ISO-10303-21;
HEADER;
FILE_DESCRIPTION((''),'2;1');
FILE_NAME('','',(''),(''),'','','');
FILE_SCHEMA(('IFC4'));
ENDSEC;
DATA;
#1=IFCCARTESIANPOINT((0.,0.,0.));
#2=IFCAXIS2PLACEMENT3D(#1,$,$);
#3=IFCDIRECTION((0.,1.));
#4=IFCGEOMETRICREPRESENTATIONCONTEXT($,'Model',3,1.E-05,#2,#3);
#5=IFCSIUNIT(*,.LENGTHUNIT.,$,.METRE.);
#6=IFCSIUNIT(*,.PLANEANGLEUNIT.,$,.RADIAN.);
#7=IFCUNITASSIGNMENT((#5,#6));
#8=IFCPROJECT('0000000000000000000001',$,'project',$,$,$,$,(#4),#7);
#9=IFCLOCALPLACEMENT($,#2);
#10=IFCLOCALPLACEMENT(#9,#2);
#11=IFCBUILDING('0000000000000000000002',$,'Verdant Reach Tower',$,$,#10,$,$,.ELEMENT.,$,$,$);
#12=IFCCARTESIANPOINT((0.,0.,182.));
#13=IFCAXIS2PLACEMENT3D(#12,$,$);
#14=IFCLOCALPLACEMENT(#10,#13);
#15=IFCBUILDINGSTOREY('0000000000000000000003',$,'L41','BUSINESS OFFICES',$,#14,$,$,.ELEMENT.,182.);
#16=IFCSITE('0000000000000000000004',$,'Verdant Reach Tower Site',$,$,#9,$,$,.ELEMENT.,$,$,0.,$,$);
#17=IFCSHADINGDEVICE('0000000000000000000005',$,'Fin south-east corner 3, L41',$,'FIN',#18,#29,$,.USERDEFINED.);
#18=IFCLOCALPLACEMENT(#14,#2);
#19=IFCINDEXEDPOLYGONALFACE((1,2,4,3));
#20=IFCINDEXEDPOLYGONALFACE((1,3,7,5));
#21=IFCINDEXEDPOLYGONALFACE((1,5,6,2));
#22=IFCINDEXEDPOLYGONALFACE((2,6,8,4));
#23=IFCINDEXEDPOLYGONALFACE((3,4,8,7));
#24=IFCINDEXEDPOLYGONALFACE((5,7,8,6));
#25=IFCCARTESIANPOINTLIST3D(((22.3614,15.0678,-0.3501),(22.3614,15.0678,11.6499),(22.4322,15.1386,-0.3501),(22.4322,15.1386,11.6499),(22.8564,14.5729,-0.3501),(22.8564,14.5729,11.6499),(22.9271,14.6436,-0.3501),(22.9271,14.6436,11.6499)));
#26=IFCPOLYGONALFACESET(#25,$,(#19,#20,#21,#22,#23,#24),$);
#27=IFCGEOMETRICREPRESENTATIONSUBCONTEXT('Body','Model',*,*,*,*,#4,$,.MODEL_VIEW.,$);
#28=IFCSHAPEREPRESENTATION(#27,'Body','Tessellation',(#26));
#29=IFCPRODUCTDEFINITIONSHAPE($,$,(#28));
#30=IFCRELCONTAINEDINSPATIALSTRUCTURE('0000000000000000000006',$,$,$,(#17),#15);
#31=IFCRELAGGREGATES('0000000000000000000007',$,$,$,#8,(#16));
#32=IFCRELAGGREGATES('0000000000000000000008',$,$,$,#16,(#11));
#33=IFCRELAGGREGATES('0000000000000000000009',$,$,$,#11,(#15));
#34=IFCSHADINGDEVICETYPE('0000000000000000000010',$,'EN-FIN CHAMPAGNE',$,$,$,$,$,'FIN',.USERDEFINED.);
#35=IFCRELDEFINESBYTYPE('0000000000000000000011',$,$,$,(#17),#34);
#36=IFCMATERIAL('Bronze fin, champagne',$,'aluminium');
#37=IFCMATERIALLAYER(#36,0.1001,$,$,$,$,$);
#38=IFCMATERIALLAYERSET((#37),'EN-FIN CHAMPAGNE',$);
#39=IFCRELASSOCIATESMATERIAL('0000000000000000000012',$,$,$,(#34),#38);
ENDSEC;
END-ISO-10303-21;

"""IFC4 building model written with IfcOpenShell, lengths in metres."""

from ifc_helpers import new_model, si_unit, direction, frame, origin, origin_2d, place, context, subcontext, project, spatial, rectangle, extrude, material, layer, layer_set, type_object, element, save


model = new_model("IFC4")

# Units and contexts
model_context = context("Model", 3, precision=1e-05, world=origin(), true_north=direction((0.0, 1.0)))
body_context = subcontext(model_context, "Body", "Model", "MODEL_VIEW")
ifc_project = project(units=[si_unit("LENGTHUNIT", "METRE"), si_unit("PLANEANGLEUNIT", "RADIAN")], contexts=[model_context])

# Site, building, storey
site_placement = place(None, origin())
site = spatial("IfcSite", under=ifc_project, at=site_placement, Name="Verdant Reach Tower Site", CompositionType="ELEMENT", RefElevation=0.0)
building_placement = place(site_placement, origin())
building = spatial("IfcBuilding", under=site, at=building_placement, Name="Verdant Reach Tower", CompositionType="ELEMENT")
storey_placement = place(building_placement, frame((0.0, 0.0, 182.0)))
storey = spatial("IfcBuildingStorey", under=building, at=storey_placement, Name="L41", Description="BUSINESS OFFICES", CompositionType="ELEMENT", Elevation=182.0)

# Shading device
ifc_material_1 = material(Name="Bronze fin, champagne", Category="aluminium")
ifc_layer_1 = layer(ifc_material_1, 0.1001)
ifc_layer_set_1 = layer_set([ifc_layer_1], Name="EN-FIN CHAMPAGNE")
shading_device_type = type_object("IfcShadingDeviceType", Name="EN-FIN CHAMPAGNE", ElementType="FIN", PredefinedType="USERDEFINED", material=ifc_layer_set_1)
for number, where, z_axis, x_axis, name in (
    (1, (22.6443, 14.8557, -0.3501), (0.0, 0.0, 1.0), (0.707107, 0.707107, 0.0), "Fin south-east corner 3, L41"),
):
    element("IfcShadingDevice", number, at=place(storey_placement, frame(where, z_axis=z_axis, x_axis=x_axis)), inside=storey, type_object=shading_device_type, Name=name, ObjectType="FIN", PredefinedType="USERDEFINED", context=body_context, shape_type="SweptSolid", body=[
        extrude(rectangle(XDim=0.1001, YDim=0.7, at=origin_2d()), origin(), (0.0, 0.0, 1.0), 12.0),
    ])

save(model, "model.ifc")
